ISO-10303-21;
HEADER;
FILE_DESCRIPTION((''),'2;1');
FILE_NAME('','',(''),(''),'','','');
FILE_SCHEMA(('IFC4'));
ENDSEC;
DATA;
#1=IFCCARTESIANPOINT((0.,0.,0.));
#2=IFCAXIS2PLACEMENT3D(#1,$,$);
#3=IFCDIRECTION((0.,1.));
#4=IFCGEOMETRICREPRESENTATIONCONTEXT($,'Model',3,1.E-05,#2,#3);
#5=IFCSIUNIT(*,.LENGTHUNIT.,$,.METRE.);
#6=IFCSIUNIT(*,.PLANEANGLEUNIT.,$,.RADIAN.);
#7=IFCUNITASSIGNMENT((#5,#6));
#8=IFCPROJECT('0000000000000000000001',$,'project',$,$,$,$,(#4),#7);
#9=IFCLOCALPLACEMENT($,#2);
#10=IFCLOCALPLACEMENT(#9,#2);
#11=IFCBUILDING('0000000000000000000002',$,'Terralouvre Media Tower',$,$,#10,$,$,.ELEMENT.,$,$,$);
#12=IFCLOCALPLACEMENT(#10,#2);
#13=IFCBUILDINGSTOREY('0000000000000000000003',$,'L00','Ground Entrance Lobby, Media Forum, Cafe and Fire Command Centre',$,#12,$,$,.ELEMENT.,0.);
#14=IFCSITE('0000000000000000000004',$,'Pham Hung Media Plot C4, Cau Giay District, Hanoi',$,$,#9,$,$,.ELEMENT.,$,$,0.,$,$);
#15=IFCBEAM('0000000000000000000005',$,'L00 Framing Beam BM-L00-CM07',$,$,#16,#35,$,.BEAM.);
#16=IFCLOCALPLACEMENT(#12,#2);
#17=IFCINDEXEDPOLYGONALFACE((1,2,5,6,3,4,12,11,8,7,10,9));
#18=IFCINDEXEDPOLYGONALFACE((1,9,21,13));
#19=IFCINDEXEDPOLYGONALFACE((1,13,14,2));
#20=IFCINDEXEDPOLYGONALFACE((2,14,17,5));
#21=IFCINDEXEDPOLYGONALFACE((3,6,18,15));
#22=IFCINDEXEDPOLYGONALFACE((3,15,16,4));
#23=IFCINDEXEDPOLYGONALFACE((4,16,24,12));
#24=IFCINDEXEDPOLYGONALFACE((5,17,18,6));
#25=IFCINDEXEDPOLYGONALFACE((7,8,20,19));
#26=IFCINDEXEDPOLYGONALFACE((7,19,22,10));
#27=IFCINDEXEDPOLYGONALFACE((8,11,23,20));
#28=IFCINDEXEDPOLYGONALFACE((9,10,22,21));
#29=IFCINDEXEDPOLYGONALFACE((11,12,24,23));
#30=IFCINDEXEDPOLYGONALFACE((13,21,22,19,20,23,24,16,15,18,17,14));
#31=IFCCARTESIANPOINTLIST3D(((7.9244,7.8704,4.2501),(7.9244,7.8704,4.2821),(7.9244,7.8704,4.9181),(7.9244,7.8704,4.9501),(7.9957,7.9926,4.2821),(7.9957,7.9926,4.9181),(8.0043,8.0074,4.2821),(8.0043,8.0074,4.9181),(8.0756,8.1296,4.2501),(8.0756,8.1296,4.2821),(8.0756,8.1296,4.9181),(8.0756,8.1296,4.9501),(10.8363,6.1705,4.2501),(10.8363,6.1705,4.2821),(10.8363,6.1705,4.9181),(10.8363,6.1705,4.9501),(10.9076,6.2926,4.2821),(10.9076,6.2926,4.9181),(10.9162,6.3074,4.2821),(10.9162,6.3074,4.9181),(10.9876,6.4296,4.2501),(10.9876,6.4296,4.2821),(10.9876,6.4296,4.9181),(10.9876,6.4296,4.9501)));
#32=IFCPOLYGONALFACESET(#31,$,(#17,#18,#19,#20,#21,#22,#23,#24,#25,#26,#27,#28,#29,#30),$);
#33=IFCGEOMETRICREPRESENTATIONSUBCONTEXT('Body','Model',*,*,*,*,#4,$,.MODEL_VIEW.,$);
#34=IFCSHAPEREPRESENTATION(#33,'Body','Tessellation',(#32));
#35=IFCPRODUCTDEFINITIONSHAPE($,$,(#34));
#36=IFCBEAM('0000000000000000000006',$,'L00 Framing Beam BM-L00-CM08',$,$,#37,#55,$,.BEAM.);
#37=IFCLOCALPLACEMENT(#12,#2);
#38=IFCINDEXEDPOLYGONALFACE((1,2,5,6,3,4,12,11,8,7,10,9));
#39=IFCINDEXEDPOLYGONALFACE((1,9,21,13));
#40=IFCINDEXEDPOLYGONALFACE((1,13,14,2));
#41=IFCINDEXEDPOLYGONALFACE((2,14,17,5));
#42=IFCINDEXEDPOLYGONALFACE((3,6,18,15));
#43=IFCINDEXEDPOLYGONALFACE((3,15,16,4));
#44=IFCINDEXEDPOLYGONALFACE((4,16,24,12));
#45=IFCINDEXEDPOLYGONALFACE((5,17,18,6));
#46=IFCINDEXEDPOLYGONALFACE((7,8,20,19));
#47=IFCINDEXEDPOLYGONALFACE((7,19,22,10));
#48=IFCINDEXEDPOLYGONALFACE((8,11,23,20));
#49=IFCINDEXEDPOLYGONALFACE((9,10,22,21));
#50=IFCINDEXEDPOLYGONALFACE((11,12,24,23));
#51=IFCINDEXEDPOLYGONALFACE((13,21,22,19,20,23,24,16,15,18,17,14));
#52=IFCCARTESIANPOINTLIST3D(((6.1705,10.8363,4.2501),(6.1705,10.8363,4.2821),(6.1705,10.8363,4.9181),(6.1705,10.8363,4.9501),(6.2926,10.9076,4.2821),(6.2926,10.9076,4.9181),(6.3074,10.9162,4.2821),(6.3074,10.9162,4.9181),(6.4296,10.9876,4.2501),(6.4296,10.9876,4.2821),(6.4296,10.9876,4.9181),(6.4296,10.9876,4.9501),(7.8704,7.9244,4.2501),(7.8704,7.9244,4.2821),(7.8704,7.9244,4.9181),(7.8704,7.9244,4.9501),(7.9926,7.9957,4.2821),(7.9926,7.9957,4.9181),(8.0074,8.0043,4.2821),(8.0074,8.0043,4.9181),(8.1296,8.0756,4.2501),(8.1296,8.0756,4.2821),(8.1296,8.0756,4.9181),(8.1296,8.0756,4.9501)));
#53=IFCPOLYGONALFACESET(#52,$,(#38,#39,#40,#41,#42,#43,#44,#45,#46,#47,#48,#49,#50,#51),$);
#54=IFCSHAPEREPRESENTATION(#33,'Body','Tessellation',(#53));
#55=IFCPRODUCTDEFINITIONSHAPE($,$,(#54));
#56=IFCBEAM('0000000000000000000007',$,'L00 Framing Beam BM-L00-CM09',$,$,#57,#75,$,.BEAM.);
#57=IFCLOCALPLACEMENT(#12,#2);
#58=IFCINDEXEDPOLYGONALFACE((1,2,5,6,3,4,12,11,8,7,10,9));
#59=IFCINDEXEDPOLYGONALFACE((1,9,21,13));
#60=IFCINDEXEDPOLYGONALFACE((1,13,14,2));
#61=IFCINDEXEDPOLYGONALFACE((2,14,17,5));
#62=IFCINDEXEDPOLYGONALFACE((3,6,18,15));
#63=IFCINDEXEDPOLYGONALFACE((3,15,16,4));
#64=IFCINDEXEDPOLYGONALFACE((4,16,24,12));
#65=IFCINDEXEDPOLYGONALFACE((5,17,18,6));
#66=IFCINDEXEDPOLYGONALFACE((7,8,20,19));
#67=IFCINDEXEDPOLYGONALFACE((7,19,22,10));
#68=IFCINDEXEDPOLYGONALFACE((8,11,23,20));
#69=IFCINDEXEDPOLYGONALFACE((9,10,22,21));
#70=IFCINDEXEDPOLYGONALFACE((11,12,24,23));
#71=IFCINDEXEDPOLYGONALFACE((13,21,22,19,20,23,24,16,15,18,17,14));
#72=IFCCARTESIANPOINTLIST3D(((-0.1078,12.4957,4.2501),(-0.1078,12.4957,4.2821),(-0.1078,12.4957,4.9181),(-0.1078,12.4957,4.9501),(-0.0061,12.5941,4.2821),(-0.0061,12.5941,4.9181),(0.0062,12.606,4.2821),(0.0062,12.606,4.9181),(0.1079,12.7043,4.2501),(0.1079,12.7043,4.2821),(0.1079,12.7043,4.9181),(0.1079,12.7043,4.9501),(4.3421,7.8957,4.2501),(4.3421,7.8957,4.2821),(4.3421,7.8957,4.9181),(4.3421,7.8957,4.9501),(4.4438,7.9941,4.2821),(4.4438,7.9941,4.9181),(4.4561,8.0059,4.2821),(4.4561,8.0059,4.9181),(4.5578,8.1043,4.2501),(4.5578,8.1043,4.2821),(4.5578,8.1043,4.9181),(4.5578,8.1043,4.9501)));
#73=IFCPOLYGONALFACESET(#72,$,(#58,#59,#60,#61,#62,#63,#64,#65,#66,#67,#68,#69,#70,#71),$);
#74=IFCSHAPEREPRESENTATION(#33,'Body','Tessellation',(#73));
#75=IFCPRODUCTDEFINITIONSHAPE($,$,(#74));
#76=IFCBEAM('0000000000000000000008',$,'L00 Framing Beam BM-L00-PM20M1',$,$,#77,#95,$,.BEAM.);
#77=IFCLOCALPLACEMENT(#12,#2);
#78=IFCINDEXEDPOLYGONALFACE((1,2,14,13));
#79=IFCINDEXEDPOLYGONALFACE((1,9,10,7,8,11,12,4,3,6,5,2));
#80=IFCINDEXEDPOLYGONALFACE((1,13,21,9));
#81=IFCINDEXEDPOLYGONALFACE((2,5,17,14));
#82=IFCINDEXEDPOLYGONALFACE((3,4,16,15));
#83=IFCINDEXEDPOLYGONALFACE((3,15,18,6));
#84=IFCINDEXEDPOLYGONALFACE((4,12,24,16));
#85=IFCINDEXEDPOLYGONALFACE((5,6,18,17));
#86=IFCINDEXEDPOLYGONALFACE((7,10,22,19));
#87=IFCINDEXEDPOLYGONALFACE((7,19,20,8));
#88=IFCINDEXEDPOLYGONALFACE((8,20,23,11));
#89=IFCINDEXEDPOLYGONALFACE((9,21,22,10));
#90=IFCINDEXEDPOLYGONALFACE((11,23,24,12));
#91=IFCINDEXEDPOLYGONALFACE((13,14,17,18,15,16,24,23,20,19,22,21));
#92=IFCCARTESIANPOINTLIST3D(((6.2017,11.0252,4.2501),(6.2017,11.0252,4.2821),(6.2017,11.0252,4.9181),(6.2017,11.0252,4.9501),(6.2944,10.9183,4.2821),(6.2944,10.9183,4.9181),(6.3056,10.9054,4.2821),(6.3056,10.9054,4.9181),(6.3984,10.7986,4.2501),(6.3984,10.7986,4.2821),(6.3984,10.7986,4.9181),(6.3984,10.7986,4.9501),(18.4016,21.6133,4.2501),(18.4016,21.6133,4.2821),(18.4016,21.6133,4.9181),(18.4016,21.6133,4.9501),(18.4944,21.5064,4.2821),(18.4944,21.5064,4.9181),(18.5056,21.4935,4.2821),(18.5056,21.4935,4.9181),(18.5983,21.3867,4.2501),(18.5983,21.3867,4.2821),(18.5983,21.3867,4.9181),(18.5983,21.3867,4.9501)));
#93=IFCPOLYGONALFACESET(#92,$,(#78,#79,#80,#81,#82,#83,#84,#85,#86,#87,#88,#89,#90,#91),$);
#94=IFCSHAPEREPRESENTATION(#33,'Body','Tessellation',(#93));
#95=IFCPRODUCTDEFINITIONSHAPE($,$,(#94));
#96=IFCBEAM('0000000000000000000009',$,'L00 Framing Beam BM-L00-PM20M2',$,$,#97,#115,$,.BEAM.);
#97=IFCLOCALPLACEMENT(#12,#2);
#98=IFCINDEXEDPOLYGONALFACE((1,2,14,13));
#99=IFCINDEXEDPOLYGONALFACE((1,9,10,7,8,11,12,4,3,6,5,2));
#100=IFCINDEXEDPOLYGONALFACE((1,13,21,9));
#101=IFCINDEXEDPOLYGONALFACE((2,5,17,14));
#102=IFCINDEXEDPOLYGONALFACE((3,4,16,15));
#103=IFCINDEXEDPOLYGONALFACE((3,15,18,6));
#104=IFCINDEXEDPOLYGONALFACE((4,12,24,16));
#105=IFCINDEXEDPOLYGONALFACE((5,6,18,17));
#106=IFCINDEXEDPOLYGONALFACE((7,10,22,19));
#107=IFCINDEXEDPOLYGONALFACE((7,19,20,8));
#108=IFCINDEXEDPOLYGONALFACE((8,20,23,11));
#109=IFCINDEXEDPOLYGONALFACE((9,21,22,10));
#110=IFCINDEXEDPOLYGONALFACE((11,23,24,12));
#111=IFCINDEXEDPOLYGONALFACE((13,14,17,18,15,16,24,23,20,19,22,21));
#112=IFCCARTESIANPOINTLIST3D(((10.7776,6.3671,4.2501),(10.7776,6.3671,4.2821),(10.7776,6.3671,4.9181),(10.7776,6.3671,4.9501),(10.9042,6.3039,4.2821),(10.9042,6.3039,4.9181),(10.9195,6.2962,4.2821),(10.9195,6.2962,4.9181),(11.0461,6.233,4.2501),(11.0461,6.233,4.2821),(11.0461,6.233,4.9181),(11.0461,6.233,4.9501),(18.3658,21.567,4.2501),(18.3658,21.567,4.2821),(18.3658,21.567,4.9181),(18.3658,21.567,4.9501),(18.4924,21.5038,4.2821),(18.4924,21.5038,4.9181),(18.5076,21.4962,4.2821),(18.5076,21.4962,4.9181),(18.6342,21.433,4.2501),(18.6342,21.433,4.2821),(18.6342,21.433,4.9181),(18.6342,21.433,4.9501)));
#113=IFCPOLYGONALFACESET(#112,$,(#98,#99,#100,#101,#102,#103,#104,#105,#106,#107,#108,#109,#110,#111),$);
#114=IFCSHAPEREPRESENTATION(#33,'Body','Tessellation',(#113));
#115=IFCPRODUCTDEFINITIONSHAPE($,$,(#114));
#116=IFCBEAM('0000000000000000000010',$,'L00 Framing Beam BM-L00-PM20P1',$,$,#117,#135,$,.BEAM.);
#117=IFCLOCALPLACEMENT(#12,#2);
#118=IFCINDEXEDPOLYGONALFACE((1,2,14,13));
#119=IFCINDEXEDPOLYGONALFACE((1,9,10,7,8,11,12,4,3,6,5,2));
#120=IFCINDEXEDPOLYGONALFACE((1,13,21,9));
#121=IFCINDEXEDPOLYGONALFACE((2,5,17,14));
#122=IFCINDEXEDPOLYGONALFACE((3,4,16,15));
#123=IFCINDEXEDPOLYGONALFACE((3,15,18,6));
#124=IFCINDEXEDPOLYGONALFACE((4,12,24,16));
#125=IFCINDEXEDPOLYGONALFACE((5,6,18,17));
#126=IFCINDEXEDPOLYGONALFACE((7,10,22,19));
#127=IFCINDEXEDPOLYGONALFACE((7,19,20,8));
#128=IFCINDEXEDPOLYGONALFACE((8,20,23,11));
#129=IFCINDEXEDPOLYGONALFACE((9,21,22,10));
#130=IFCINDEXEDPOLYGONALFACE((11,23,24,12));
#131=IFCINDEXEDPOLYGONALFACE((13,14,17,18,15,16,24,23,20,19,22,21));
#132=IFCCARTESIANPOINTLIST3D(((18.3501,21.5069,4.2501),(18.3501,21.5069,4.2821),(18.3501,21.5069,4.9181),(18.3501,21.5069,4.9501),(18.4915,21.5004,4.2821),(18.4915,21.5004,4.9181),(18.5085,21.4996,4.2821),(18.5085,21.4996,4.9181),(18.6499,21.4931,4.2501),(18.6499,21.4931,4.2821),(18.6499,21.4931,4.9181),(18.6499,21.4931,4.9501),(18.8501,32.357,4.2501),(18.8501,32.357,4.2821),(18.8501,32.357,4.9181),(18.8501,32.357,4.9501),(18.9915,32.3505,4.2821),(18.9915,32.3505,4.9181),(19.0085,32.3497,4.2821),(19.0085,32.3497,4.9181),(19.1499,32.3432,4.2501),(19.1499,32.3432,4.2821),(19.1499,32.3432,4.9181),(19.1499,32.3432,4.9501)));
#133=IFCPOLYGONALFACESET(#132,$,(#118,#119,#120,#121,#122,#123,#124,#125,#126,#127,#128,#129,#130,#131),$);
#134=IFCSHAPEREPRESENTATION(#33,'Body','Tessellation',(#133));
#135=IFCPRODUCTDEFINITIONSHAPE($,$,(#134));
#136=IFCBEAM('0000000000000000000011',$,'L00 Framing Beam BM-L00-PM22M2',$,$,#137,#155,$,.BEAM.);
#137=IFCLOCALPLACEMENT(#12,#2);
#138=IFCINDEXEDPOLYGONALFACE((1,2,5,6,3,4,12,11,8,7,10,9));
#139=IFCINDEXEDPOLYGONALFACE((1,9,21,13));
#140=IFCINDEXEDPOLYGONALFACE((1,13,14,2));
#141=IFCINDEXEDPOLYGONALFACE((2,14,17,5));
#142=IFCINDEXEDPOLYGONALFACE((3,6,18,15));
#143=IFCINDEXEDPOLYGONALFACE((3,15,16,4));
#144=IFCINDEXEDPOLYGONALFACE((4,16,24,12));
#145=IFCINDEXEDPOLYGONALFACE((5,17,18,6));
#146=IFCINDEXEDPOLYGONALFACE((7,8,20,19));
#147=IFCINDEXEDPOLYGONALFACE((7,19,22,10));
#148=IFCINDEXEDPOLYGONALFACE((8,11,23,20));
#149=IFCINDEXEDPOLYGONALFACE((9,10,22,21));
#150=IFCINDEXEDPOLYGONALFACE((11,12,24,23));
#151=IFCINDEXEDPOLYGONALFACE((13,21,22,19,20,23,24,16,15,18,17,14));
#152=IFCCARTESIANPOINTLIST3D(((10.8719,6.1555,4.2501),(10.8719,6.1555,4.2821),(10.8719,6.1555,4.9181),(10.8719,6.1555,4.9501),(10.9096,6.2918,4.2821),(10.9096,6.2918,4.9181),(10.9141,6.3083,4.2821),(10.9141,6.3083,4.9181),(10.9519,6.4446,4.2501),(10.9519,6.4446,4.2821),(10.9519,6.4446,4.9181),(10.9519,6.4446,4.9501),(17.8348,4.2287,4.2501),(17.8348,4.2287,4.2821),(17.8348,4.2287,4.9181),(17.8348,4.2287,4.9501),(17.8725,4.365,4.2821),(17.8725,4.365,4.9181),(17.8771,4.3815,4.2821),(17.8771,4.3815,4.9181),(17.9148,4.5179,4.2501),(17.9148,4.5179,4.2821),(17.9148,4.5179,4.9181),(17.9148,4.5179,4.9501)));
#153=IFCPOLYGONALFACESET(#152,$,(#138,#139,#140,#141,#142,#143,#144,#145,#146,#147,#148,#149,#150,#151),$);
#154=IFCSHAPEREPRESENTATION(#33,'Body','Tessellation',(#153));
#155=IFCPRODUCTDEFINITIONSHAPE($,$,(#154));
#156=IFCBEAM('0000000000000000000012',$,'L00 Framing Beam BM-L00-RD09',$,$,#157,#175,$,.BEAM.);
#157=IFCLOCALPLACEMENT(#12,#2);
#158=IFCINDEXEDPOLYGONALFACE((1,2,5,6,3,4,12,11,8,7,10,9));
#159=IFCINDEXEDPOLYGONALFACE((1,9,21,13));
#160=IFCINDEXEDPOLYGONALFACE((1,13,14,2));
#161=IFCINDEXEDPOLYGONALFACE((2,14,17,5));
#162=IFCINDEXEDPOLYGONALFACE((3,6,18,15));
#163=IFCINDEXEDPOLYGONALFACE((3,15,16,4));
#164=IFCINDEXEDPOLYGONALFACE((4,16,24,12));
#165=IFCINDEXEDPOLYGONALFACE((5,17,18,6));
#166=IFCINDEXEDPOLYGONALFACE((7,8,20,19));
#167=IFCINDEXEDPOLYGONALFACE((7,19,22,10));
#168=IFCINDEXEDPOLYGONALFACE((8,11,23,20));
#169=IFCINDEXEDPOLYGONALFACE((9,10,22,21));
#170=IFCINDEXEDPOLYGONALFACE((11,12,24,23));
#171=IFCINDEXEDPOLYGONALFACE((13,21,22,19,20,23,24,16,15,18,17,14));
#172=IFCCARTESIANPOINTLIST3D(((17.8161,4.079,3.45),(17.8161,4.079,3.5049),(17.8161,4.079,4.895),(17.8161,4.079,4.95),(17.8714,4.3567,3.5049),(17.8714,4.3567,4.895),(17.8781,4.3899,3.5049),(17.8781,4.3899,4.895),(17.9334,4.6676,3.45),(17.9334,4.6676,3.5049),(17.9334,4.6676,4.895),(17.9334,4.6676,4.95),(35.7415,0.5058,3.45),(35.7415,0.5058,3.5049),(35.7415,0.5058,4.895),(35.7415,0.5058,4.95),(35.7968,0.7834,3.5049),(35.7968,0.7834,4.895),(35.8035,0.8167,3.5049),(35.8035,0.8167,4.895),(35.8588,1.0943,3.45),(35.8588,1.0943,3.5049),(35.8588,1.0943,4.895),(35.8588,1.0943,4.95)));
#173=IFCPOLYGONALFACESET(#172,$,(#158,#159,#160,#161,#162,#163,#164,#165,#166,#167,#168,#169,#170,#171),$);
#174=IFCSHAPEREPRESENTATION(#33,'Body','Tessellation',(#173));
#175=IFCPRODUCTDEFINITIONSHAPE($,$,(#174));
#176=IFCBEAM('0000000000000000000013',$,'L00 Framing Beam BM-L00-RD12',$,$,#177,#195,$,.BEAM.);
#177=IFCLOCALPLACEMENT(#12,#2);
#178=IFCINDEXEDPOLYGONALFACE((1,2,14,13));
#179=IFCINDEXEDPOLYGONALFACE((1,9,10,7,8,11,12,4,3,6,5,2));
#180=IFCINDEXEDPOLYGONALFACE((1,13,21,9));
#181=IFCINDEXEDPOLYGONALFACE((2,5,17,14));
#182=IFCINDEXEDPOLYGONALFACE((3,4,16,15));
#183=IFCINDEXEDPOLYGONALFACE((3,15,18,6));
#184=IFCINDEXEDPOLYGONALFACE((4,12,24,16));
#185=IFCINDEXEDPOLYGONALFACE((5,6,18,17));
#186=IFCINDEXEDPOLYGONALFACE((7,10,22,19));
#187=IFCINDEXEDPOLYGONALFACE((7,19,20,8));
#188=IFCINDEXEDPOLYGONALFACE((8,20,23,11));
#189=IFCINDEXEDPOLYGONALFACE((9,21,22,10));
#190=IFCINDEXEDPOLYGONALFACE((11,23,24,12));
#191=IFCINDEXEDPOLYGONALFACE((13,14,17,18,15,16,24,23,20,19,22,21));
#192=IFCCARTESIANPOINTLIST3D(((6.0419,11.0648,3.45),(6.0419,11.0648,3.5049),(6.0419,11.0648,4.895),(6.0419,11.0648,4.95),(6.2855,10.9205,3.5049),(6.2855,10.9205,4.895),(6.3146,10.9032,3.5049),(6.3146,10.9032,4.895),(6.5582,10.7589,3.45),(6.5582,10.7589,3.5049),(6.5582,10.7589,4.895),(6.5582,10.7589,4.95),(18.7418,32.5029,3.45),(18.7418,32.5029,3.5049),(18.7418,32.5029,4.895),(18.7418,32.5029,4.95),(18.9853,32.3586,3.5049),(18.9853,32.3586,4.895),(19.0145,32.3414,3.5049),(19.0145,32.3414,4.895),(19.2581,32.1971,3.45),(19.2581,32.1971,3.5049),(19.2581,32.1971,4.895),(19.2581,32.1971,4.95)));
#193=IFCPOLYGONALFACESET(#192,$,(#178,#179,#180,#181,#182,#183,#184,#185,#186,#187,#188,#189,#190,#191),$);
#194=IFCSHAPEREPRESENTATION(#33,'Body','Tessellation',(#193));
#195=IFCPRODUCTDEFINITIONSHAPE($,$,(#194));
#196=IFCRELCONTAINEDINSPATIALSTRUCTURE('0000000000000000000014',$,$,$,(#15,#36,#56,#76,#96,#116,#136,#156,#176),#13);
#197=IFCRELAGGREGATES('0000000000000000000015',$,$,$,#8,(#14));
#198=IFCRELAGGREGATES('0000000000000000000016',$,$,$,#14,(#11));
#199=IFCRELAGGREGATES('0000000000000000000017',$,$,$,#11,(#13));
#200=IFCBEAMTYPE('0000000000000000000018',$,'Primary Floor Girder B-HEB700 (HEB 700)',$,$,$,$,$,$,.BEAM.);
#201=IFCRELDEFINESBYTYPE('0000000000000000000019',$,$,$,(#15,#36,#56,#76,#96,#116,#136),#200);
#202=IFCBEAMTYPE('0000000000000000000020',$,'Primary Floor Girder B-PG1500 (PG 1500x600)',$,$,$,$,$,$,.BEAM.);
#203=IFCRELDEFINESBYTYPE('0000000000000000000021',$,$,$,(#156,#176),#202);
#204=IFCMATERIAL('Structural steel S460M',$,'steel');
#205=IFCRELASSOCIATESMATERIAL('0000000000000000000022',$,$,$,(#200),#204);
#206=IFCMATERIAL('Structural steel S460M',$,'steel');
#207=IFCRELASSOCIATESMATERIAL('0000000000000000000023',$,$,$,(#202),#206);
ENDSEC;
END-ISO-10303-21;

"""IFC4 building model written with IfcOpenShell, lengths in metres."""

from ifc_helpers import new_model, si_unit, direction, frame, origin, origin_2d, place, context, subcontext, project, spatial, i_section, extrude, material, material_profile, profile_set, type_object, element, save


model = new_model("IFC4")

# Units and contexts
model_context = context("Model", 3, precision=1e-05, world=origin(), true_north=direction((0.0, 1.0)))
body_context = subcontext(model_context, "Body", "Model", "MODEL_VIEW")
ifc_project = project(units=[si_unit("LENGTHUNIT", "METRE"), si_unit("PLANEANGLEUNIT", "RADIAN")], contexts=[model_context])

# Site, building, storey
site_placement = place(None, origin())
site = spatial("IfcSite", under=ifc_project, at=site_placement, Name="Pham Hung Media Plot C4, Cau Giay District, Hanoi", CompositionType="ELEMENT", RefElevation=0.0)
building_placement = place(site_placement, origin())
building = spatial("IfcBuilding", under=site, at=building_placement, Name="Terralouvre Media Tower", CompositionType="ELEMENT")
storey_placement = place(building_placement, origin())
storey = spatial("IfcBuildingStorey", under=building, at=storey_placement, Name="L00", Description="Ground Entrance Lobby, Media Forum, Cafe and Fire Command Centre", CompositionType="ELEMENT", Elevation=0.0)

# Beams
ifc_material_1 = material(Name="Structural steel S460M", Category="steel")
ifc_material_profile_1 = material_profile(ifc_material_1, i_section(OverallWidth=0.3, OverallDepth=0.7, WebThickness=0.0171, FlangeThickness=0.032, at=origin_2d()), Name="HEB 700")
ifc_profile_set_1 = profile_set([ifc_material_profile_1], Name="Structural steel S460M")
beam_type_1 = type_object("IfcBeamType", Name="Primary Floor Girder B-HEB700 (HEB 700)", PredefinedType="BEAM", material=ifc_profile_set_1)
for number, where, z_axis, x_axis, name in (
    (1, (8.0, 8.0, 4.6001), (0.863603, -0.504173, 0.0), (0.504173, 0.863603, 0.0), "L00 Framing Beam BM-L00-CM07"),
    (2, (8.0, 8.0, 4.6001), (-0.504173, 0.863603, 0.0), (-0.863603, -0.504173, 0.0), "L00 Framing Beam BM-L00-CM08"),
):
    element("IfcBeam", number, at=place(storey_placement, frame(where, z_axis=z_axis, x_axis=x_axis)), inside=storey, type_object=beam_type_1, Name=name, PredefinedType="BEAM", context=body_context, shape_type="SweptSolid", body=[
        extrude(i_section(OverallWidth=0.3, OverallDepth=0.7, WebThickness=0.0171, FlangeThickness=0.032, at=origin_2d()), origin(), (0.0, 0.0, 1.0), 3.3718),
    ])
beam_1_placement = place(storey_placement, frame((4.45, 8.0, 4.6001), z_axis=(-0.69528, 0.718739, 0.0), x_axis=(-0.718739, -0.69528, 0.0)))
element("IfcBeam", 3, at=beam_1_placement, inside=storey, type_object=beam_type_1, Name="L00 Framing Beam BM-L00-CM09", PredefinedType="BEAM", context=body_context, shape_type="SweptSolid", body=[
    extrude(i_section(OverallWidth=0.3, OverallDepth=0.7, WebThickness=0.0171, FlangeThickness=0.032, at=origin_2d()), origin(), (0.0, 0.0, 1.0), 6.4001),
])
beam_2_placement = place(storey_placement, frame((6.3, 10.9119, 4.6001), z_axis=(0.755234, 0.655455, 0.0), x_axis=(-0.655455, 0.755234, 0.0)))
element("IfcBeam", 4, at=beam_2_placement, inside=storey, type_object=beam_type_1, Name="L00 Framing Beam BM-L00-PM20M1", PredefinedType="BEAM", context=body_context, shape_type="SweptSolid", body=[
    extrude(i_section(OverallWidth=0.3, OverallDepth=0.7, WebThickness=0.0171, FlangeThickness=0.032, at=origin_2d()), origin(), (0.0, 0.0, 1.0), 16.1538),
])
beam_3_placement = place(storey_placement, frame((10.9119, 6.3, 4.6001), z_axis=(0.446656, 0.894706, 0.0), x_axis=(-0.894706, 0.446656, 0.0)))
element("IfcBeam", 5, at=beam_3_placement, inside=storey, type_object=beam_type_1, Name="L00 Framing Beam BM-L00-PM20M2", PredefinedType="BEAM", context=body_context, shape_type="SweptSolid", body=[
    extrude(i_section(OverallWidth=0.3, OverallDepth=0.7, WebThickness=0.0171, FlangeThickness=0.032, at=origin_2d()), origin(), (0.0, 0.0, 1.0), 16.9888),
])
beam_4_placement = place(storey_placement, frame((18.5, 21.5, 4.6001), z_axis=(0.046034, 0.99894, 0.0), x_axis=(-0.99894, 0.046034, 0.0)))
element("IfcBeam", 6, at=beam_4_placement, inside=storey, type_object=beam_type_1, Name="L00 Framing Beam BM-L00-PM20P1", PredefinedType="BEAM", context=body_context, shape_type="SweptSolid", body=[
    extrude(i_section(OverallWidth=0.3, OverallDepth=0.7, WebThickness=0.0171, FlangeThickness=0.032, at=origin_2d()), origin(), (0.0, 0.0, 1.0), 10.8616),
])
beam_5_placement = place(storey_placement, frame((10.9119, 6.3, 4.6001), z_axis=(0.963781, -0.266696, 0.0), x_axis=(0.266696, 0.963781, 0.0)))
element("IfcBeam", 7, at=beam_5_placement, inside=storey, type_object=beam_type_1, Name="L00 Framing Beam BM-L00-PM22M2", PredefinedType="BEAM", context=body_context, shape_type="SweptSolid", body=[
    extrude(i_section(OverallWidth=0.3, OverallDepth=0.7, WebThickness=0.0171, FlangeThickness=0.032, at=origin_2d()), origin(), (0.0, 0.0, 1.0), 7.2246),
])
ifc_material_2 = material(Name="Structural steel S460M", Category="steel")
ifc_material_profile_2 = material_profile(ifc_material_2, i_section(OverallWidth=0.6001, OverallDepth=1.5, WebThickness=0.0339, FlangeThickness=0.0549, at=origin_2d()), Name="PG 1500x600")
ifc_profile_set_2 = profile_set([ifc_material_profile_2], Name="Structural steel S460M")
beam_type_2 = type_object("IfcBeamType", Name="Primary Floor Girder B-PG1500 (PG 1500x600)", PredefinedType="BEAM", material=ifc_profile_set_2)
beam_6_placement = place(storey_placement, frame((17.8748, 4.3733, 4.2), z_axis=(0.980705, -0.195494, 0.0), x_axis=(0.195494, 0.980705, 0.0)))
element("IfcBeam", 8, at=beam_6_placement, inside=storey, type_object=beam_type_2, Name="L00 Framing Beam BM-L00-RD09", PredefinedType="BEAM", context=body_context, shape_type="SweptSolid", body=[
    extrude(i_section(OverallWidth=0.6001, OverallDepth=1.5, WebThickness=0.0339, FlangeThickness=0.0549, at=origin_2d()), origin(), (0.0, 0.0, 1.0), 18.2781),
])
beam_7_placement = place(storey_placement, frame((6.3, 10.9119, 4.2), z_axis=(0.509678, 0.860365, 0.0), x_axis=(-0.860365, 0.509678, 0.0)))
element("IfcBeam", 9, at=beam_7_placement, inside=storey, type_object=beam_type_2, Name="L00 Framing Beam BM-L00-RD12", PredefinedType="BEAM", context=body_context, shape_type="SweptSolid", body=[
    extrude(i_section(OverallWidth=0.6001, OverallDepth=1.5, WebThickness=0.0339, FlangeThickness=0.0549, at=origin_2d()), origin(), (0.0, 0.0, 1.0), 24.9175),
])

save(model, "model.ifc")
